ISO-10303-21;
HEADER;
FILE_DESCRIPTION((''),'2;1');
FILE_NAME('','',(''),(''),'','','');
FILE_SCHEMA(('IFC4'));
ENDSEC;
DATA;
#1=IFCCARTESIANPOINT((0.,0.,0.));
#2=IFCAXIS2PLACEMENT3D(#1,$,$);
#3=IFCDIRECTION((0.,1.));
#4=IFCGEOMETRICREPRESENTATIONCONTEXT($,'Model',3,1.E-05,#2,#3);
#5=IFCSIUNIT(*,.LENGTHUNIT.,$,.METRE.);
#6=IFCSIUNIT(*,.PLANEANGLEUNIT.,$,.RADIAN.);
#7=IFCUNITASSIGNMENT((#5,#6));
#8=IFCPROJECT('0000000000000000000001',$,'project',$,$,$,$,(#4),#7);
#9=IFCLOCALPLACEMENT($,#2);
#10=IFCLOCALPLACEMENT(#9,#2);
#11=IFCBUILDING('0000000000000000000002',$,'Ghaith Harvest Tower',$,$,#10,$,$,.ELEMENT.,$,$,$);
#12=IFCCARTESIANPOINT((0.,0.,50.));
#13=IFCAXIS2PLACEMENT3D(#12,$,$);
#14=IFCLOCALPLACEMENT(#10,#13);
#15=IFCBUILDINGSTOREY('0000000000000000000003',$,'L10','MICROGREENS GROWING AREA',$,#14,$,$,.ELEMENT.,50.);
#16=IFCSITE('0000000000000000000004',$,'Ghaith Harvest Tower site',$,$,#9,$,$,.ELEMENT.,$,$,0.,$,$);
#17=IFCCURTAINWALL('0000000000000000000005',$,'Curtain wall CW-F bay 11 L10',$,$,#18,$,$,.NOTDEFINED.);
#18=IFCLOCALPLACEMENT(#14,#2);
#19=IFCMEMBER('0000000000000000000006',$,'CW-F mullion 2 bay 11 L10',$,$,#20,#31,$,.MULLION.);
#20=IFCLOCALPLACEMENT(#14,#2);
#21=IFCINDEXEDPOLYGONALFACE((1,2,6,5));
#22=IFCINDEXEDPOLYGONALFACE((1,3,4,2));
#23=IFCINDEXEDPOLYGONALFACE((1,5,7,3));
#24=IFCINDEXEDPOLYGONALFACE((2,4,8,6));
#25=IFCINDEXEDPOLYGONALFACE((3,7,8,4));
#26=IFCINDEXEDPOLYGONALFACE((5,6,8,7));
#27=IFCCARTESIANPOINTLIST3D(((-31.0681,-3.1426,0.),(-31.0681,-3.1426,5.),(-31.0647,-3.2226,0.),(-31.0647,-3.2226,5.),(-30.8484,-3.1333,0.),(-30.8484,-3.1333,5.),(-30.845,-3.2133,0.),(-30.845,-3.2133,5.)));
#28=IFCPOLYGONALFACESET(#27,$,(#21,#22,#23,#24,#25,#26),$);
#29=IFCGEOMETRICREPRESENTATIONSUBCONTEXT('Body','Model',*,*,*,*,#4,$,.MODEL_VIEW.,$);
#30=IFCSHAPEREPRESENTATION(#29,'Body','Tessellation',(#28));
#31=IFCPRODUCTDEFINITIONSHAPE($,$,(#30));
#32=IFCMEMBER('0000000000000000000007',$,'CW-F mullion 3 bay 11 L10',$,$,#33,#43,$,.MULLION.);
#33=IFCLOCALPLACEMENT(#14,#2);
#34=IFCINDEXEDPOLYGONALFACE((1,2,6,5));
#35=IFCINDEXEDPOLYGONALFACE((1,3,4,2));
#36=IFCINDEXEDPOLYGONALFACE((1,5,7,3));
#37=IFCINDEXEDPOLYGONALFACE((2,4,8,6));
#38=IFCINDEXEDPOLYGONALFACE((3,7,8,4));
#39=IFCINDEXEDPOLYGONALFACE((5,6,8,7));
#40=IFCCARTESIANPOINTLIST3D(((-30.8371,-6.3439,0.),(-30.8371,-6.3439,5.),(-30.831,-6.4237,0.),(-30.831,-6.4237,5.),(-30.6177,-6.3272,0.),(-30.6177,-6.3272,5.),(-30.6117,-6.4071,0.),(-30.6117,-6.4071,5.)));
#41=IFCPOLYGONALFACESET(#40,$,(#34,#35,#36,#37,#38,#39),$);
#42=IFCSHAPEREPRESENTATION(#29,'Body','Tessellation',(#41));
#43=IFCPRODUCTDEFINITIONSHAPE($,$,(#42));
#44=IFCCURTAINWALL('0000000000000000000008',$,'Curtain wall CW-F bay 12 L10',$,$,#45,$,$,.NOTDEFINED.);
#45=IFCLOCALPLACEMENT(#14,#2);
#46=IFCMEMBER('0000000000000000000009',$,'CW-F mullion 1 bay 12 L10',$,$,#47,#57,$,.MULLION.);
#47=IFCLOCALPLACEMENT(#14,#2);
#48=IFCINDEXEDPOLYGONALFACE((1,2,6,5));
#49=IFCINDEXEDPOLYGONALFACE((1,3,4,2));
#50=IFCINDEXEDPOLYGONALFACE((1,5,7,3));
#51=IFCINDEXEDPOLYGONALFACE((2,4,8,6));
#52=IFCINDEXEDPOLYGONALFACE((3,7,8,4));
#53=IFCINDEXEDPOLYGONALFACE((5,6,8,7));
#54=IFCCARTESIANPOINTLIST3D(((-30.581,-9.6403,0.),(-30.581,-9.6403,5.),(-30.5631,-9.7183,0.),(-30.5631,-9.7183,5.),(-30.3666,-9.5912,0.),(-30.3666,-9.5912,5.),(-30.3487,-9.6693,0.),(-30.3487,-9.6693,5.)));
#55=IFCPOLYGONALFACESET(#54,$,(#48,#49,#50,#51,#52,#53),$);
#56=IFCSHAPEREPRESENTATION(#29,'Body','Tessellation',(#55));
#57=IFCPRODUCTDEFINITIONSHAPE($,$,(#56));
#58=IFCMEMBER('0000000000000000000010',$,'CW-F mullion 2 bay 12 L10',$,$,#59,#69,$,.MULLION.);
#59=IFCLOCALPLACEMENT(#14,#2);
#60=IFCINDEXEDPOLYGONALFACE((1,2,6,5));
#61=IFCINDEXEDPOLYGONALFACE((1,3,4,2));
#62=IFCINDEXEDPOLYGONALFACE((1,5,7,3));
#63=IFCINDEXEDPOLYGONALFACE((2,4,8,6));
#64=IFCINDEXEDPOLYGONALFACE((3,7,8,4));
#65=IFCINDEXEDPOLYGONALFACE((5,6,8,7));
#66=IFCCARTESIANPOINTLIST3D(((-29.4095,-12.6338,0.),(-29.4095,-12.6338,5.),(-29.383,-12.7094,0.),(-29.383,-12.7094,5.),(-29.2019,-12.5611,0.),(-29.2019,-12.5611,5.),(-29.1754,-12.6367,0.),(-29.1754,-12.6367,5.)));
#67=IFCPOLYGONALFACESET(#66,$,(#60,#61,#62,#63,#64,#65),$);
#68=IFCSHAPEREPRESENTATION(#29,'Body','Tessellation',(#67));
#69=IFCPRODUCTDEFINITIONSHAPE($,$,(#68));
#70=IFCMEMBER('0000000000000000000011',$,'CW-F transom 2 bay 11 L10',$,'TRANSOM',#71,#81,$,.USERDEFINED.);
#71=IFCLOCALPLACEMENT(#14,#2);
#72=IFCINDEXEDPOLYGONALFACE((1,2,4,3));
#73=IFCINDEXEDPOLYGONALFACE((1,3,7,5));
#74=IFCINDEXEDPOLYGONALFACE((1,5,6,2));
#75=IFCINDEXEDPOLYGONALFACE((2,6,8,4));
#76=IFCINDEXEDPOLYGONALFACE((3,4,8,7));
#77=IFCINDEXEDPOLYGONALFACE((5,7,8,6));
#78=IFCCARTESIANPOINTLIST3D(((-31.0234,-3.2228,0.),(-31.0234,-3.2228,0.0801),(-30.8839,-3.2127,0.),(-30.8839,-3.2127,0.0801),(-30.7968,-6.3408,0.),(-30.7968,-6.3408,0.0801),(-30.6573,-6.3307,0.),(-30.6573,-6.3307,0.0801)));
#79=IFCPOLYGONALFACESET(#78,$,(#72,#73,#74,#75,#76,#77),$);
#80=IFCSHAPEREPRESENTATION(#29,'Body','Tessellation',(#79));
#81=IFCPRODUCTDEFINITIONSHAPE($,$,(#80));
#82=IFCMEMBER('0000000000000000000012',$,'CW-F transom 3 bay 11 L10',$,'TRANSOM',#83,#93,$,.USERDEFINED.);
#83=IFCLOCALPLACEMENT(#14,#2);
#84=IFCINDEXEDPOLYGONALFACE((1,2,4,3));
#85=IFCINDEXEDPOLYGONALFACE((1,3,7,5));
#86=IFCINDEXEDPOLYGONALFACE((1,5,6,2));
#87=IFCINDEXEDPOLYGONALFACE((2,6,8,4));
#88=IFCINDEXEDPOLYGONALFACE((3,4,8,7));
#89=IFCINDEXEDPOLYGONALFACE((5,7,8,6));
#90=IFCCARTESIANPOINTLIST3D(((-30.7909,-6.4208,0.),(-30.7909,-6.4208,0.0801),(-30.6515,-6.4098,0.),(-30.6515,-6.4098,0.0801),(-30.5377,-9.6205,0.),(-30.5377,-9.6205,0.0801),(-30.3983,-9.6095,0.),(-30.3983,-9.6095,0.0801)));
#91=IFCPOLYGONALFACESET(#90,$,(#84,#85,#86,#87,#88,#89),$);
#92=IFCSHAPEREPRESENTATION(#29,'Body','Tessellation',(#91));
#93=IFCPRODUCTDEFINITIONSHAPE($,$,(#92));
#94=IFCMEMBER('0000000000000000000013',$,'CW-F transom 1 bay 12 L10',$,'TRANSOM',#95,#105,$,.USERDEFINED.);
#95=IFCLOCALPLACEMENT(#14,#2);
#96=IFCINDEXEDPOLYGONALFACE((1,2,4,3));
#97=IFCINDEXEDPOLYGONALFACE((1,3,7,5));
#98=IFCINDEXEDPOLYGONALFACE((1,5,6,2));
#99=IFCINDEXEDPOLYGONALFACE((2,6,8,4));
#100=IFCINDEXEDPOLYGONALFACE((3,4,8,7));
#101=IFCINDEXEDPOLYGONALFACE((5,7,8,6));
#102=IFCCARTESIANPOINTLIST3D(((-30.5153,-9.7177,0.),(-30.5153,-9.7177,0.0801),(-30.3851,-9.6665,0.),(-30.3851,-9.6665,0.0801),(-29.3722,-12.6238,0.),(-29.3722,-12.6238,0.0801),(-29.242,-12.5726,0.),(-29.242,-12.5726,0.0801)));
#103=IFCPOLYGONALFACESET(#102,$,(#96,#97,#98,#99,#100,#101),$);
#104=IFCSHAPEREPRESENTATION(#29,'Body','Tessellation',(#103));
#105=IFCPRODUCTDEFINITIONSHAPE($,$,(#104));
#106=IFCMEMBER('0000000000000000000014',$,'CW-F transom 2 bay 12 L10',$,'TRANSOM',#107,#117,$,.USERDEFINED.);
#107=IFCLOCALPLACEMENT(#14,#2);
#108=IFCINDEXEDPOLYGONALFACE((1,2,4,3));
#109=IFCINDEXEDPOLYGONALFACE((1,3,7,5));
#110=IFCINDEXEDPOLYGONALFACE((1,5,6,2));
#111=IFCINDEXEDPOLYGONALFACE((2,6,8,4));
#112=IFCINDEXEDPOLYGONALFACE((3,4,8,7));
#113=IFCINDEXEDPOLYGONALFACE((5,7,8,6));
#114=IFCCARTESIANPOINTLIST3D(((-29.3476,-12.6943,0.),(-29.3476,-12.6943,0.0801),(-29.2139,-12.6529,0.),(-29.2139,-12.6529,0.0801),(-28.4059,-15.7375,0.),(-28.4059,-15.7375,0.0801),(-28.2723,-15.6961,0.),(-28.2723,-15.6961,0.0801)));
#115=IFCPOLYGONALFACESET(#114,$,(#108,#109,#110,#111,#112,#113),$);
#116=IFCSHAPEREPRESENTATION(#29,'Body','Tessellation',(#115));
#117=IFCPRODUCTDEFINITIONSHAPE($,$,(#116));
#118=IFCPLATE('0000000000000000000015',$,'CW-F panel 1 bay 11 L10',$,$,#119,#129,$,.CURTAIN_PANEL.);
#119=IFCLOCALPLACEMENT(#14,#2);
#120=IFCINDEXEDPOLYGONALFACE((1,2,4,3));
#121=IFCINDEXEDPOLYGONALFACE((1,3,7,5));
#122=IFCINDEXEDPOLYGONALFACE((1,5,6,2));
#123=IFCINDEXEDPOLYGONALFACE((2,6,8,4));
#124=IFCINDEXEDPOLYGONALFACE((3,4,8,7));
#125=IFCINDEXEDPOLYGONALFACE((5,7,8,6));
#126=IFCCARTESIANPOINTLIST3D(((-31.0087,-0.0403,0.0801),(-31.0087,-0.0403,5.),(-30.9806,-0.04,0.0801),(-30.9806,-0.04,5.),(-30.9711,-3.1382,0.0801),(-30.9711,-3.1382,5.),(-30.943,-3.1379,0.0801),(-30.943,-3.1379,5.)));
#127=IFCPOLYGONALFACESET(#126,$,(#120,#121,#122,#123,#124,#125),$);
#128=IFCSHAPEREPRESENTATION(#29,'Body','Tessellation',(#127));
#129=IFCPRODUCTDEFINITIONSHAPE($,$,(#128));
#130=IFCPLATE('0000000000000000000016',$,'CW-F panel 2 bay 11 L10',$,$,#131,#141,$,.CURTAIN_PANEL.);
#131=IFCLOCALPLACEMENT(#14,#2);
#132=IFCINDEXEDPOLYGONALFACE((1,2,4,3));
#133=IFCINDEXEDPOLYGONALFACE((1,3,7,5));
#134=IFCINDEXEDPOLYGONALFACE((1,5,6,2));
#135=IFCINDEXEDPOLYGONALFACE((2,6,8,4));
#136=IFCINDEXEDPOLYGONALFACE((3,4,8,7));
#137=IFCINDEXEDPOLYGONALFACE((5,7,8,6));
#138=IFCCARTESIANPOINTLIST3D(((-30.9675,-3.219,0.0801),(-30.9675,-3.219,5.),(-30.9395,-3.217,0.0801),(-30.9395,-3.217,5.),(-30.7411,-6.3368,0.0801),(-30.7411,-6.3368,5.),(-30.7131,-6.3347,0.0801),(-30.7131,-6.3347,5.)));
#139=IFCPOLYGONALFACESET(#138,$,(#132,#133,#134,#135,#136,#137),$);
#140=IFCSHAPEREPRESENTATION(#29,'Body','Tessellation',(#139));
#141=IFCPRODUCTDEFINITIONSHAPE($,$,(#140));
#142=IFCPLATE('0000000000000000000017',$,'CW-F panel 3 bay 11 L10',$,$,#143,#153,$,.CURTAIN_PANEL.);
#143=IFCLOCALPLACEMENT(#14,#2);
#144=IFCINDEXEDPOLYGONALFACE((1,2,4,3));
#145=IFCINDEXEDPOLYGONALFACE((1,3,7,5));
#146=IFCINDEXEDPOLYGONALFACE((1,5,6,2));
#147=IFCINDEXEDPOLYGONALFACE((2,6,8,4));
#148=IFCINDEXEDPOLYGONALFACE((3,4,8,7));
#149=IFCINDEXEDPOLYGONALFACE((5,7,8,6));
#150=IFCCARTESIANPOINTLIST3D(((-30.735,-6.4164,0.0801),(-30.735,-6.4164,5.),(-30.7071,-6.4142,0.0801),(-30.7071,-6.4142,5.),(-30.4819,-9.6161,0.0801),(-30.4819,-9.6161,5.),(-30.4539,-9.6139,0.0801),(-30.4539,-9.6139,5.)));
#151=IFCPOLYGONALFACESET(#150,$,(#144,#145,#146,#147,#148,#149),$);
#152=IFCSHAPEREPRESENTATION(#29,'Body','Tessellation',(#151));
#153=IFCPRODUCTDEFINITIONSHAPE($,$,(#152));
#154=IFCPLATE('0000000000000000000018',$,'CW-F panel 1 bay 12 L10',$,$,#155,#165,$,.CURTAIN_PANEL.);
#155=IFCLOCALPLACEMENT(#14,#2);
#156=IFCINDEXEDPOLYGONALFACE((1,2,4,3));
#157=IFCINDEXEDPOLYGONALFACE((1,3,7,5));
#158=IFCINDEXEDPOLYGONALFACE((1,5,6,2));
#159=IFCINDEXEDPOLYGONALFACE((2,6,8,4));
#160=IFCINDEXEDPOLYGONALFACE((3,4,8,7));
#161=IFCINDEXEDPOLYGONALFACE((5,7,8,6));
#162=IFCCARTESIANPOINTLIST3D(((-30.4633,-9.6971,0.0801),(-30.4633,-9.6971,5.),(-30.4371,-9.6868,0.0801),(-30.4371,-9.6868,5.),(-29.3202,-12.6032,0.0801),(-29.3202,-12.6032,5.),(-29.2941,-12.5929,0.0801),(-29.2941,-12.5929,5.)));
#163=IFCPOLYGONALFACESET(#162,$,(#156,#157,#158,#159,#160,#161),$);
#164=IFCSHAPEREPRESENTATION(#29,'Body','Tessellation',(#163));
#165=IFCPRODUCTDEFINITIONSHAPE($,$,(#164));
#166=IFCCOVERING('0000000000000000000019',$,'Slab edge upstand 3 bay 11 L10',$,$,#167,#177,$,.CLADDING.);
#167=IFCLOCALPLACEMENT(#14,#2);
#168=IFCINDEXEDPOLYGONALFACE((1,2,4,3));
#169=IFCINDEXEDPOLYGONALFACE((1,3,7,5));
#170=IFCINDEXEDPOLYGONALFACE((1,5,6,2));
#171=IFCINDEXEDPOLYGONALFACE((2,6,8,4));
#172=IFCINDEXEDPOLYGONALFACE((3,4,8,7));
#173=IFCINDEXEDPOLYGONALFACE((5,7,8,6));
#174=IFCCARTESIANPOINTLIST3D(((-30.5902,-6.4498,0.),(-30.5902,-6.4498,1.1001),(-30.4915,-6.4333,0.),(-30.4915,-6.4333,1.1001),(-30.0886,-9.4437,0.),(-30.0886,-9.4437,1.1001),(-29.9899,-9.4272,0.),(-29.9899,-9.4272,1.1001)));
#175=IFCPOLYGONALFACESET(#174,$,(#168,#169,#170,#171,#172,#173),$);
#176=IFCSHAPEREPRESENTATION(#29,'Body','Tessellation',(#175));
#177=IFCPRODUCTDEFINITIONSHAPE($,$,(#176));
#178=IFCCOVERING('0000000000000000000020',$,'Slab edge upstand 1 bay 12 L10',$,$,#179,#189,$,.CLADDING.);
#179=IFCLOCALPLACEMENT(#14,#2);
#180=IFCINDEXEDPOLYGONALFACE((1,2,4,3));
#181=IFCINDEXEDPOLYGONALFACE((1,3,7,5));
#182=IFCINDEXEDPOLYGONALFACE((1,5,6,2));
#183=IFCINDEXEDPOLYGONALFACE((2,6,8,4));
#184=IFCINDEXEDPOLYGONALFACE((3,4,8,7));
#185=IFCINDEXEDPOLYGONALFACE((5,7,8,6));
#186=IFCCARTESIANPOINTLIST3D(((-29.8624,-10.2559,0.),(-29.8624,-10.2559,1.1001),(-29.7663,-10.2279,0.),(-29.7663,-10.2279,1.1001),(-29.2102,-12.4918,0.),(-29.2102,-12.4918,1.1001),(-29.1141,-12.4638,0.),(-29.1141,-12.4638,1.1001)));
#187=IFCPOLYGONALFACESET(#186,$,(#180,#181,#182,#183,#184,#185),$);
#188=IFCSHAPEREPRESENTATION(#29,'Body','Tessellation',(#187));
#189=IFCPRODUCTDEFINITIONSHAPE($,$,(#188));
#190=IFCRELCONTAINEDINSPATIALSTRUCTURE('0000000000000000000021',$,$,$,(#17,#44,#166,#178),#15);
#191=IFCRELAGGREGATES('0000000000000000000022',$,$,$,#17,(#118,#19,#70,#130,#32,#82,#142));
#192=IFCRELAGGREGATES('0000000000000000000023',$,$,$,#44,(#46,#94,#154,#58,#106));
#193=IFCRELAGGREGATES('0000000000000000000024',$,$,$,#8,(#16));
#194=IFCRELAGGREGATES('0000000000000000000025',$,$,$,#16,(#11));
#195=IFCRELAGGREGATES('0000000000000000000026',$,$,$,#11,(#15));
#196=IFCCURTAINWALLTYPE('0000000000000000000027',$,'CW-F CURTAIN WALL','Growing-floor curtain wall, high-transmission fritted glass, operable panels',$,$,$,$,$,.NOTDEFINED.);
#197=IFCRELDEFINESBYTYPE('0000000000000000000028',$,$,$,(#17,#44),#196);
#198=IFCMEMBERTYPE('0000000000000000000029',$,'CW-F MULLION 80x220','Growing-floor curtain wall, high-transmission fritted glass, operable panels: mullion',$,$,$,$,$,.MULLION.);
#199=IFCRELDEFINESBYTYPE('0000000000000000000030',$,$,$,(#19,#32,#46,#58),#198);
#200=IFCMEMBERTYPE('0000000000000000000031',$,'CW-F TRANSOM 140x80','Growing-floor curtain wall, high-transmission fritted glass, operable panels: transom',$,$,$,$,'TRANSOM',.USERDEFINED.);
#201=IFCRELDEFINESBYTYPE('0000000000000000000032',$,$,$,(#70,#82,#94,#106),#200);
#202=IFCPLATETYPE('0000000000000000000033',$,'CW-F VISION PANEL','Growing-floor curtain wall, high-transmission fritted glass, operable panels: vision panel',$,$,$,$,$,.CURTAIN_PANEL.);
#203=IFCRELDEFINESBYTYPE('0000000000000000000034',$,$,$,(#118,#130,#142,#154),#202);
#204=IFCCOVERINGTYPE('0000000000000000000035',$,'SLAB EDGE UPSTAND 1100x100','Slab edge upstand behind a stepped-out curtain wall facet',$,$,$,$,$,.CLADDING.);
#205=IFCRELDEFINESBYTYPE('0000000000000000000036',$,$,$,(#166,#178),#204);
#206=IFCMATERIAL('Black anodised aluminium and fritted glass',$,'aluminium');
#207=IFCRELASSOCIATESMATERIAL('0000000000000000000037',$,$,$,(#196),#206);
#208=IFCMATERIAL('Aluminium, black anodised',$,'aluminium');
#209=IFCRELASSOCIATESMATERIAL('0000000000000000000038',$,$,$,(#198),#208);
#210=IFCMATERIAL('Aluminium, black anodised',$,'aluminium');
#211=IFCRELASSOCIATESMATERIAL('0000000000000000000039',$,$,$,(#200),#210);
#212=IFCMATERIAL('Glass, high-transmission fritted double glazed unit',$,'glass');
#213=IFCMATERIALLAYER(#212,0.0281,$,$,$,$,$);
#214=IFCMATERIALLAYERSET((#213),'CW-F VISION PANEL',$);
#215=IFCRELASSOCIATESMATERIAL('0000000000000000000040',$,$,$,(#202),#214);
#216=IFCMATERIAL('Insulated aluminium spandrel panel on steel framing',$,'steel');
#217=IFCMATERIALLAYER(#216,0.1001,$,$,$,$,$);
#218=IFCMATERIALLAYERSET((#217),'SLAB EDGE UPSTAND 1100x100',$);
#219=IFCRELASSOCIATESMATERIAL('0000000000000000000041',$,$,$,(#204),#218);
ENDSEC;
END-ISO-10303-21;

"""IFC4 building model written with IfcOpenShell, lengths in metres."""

from ifc_helpers import new_model, si_unit, direction, frame, origin, origin_2d, place, context, subcontext, project, spatial, rectangle, extrude, material, layer, layer_set, material_profile, profile_set, type_object, element, aggregate, save


model = new_model("IFC4")

# Units and contexts
model_context = context("Model", 3, precision=1e-05, world=origin(), true_north=direction((0.0, 1.0)))
body_context = subcontext(model_context, "Body", "Model", "MODEL_VIEW")
ifc_project = project(units=[si_unit("LENGTHUNIT", "METRE"), si_unit("PLANEANGLEUNIT", "RADIAN")], contexts=[model_context])

# Site, building, storey
site_placement = place(None, origin())
site = spatial("IfcSite", under=ifc_project, at=site_placement, Name="Ghaith Harvest Tower site", CompositionType="ELEMENT", RefElevation=0.0)
building_placement = place(site_placement, origin())
building = spatial("IfcBuilding", under=site, at=building_placement, Name="Ghaith Harvest Tower", CompositionType="ELEMENT")
storey_placement = place(building_placement, frame((0.0, 0.0, 50.0)))
storey = spatial("IfcBuildingStorey", under=building, at=storey_placement, Name="L10", Description="MICROGREENS GROWING AREA", CompositionType="ELEMENT", Elevation=50.0)

# Curtain walls, members
ifc_material_1 = material(Name="Black anodised aluminium and fritted glass", Category="aluminium")
curtain_wall_type = type_object("IfcCurtainWallType", Name="CW-F CURTAIN WALL", Description="Growing-floor curtain wall, high-transmission fritted glass, operable panels", PredefinedType="NOTDEFINED", material=ifc_material_1)
curtain_wall_1_placement = place(storey_placement, origin())
curtain_wall_1 = element("IfcCurtainWall", 1, at=curtain_wall_1_placement, inside=storey, type_object=curtain_wall_type, Name="Curtain wall CW-F bay 11 L10", PredefinedType="NOTDEFINED")
ifc_material_2 = material(Name="Aluminium, black anodised", Category="aluminium")
ifc_material_profile_1 = material_profile(ifc_material_2, rectangle(XDim=0.0801, YDim=0.22, at=origin_2d()), Name="CW-F MULLION 80x220")
ifc_profile_set_1 = profile_set([ifc_material_profile_1], Name="Aluminium, black anodised")
member_type_1 = type_object("IfcMemberType", Name="CW-F MULLION 80x220", Description="Growing-floor curtain wall, high-transmission fritted glass, operable panels: mullion", PredefinedType="MULLION", material=ifc_profile_set_1)
member_1_placement = place(storey_placement, frame((-30.9565, -3.178, 0.0), z_axis=(0.0, 0.0, 1.0), x_axis=(0.042427, -0.9991, 0.0)))
member_1 = element("IfcMember", 2, at=member_1_placement, type_object=member_type_1, Name="CW-F mullion 2 bay 11 L10", PredefinedType="MULLION", context=body_context, shape_type="SweptSolid", body=[
    extrude(rectangle(XDim=0.0801, YDim=0.22, at=origin_2d()), origin(), (0.0, 0.0, 1.0), 5.0),
])
member_2_placement = place(storey_placement, frame((-30.7244, -6.3755, 0.0), z_axis=(0.0, 0.0, 1.0), x_axis=(0.075686, -0.997132, 0.0)))
member_2 = element("IfcMember", 3, at=member_2_placement, type_object=member_type_1, Name="CW-F mullion 3 bay 11 L10", PredefinedType="MULLION", context=body_context, shape_type="SweptSolid", body=[
    extrude(rectangle(XDim=0.0801, YDim=0.22, at=origin_2d()), origin(), (0.0, 0.0, 1.0), 5.0),
])
curtain_wall_2_placement = place(storey_placement, origin())
curtain_wall_2 = element("IfcCurtainWall", 4, at=curtain_wall_2_placement, inside=storey, type_object=curtain_wall_type, Name="Curtain wall CW-F bay 12 L10", PredefinedType="NOTDEFINED")
member_3_placement = place(storey_placement, frame((-30.4648, -9.6548, 0.0), z_axis=(0.0, 0.0, 1.0), x_axis=(0.222967, -0.974826, 0.0)))
member_3 = element("IfcMember", 5, at=member_3_placement, type_object=member_type_1, Name="CW-F mullion 1 bay 12 L10", PredefinedType="MULLION", context=body_context, shape_type="SweptSolid", body=[
    extrude(rectangle(XDim=0.0801, YDim=0.22, at=origin_2d()), origin(), (0.0, 0.0, 1.0), 5.0),
])
member_4_placement = place(storey_placement, frame((-29.2925, -12.6353, 0.0), z_axis=(0.0, 0.0, 1.0), x_axis=(0.330701, -0.943736, 0.0)))
member_4 = element("IfcMember", 6, at=member_4_placement, type_object=member_type_1, Name="CW-F mullion 2 bay 12 L10", PredefinedType="MULLION", context=body_context, shape_type="SweptSolid", body=[
    extrude(rectangle(XDim=0.0801, YDim=0.22, at=origin_2d()), origin(), (0.0, 0.0, 1.0), 5.0),
])

# Members
ifc_material_3 = material(Name="Aluminium, black anodised", Category="aluminium")
ifc_material_profile_2 = material_profile(ifc_material_3, rectangle(XDim=0.1399, YDim=0.0801, at=origin_2d()), Name="CW-F TRANSOM 140x80")
ifc_profile_set_2 = profile_set([ifc_material_profile_2], Name="Aluminium, black anodised")
member_type_2 = type_object("IfcMemberType", Name="CW-F TRANSOM 140x80", Description="Growing-floor curtain wall, high-transmission fritted glass, operable panels: transom", ElementType="TRANSOM", PredefinedType="USERDEFINED", material=ifc_profile_set_2)
member_5_placement = place(storey_placement, frame((-30.9536, -3.2178, 0.04), z_axis=(0.072474, -0.99737, 0.0), x_axis=(0.99737, 0.072474, 0.0)))
member_5 = element("IfcMember", 7, at=member_5_placement, type_object=member_type_2, Name="CW-F transom 2 bay 11 L10", ObjectType="TRANSOM", PredefinedType="USERDEFINED", context=body_context, shape_type="SweptSolid", body=[
    extrude(rectangle(XDim=0.1399, YDim=0.0801, at=origin_2d()), origin(), (0.0, 0.0, 1.0), 3.1262),
])
member_6_placement = place(storey_placement, frame((-30.7212, -6.4153, 0.04), z_axis=(0.078878, -0.996884, 0.0), x_axis=(0.996884, 0.078878, 0.0)))
member_6 = element("IfcMember", 8, at=member_6_placement, type_object=member_type_2, Name="CW-F transom 3 bay 11 L10", ObjectType="TRANSOM", PredefinedType="USERDEFINED", context=body_context, shape_type="SweptSolid", body=[
    extrude(rectangle(XDim=0.1399, YDim=0.0801, at=origin_2d()), origin(), (0.0, 0.0, 1.0), 3.2097),
])
member_7_placement = place(storey_placement, frame((-30.4502, -9.6921, 0.04), z_axis=(0.366047, -0.930597, 0.0), x_axis=(0.930597, 0.366047, 0.0)))
member_7 = element("IfcMember", 9, at=member_7_placement, type_object=member_type_2, Name="CW-F transom 1 bay 12 L10", ObjectType="TRANSOM", PredefinedType="USERDEFINED", context=body_context, shape_type="SweptSolid", body=[
    extrude(rectangle(XDim=0.1399, YDim=0.0801, at=origin_2d()), origin(), (0.0, 0.0, 1.0), 3.1228),
])
member_8_placement = place(storey_placement, frame((-29.2808, -12.6736, 0.04), z_axis=(0.295599, -0.955312, 0.0), x_axis=(0.955312, 0.295599, 0.0)))
member_8 = element("IfcMember", 10, at=member_8_placement, type_object=member_type_2, Name="CW-F transom 2 bay 12 L10", ObjectType="TRANSOM", PredefinedType="USERDEFINED", context=body_context, shape_type="SweptSolid", body=[
    extrude(rectangle(XDim=0.1399, YDim=0.0801, at=origin_2d()), origin(), (0.0, 0.0, 1.0), 3.1855),
])

# Plates
ifc_material_4 = material(Name="Glass, high-transmission fritted double glazed unit", Category="glass")
ifc_layer_1 = layer(ifc_material_4, 0.0281)
ifc_layer_set_1 = layer_set([ifc_layer_1], Name="CW-F VISION PANEL")
plate_type = type_object("IfcPlateType", Name="CW-F VISION PANEL", Description="Growing-floor curtain wall, high-transmission fritted glass, operable panels: vision panel", PredefinedType="CURTAIN_PANEL", material=ifc_layer_set_1)
plate_1_placement = place(storey_placement, frame((-30.9758, -1.5891, 0.0801), z_axis=(0.0, 0.0, 1.0), x_axis=(0.012133, -0.999926, 0.0)))
plate_1 = element("IfcPlate", 11, at=plate_1_placement, type_object=plate_type, Name="CW-F panel 1 bay 11 L10", PredefinedType="CURTAIN_PANEL", context=body_context, shape_type="SweptSolid", body=[
    extrude(rectangle(XDim=3.0981, YDim=0.0281, at=origin_2d()), origin(), (0.0, 0.0, 1.0), 4.9199),
])
plate_2_placement = place(storey_placement, frame((-30.8403, -4.7769, 0.0801), z_axis=(0.0, 0.0, 1.0), x_axis=(0.072421, -0.997374, 0.0)))
plate_2 = element("IfcPlate", 12, at=plate_2_placement, type_object=plate_type, Name="CW-F panel 2 bay 11 L10", PredefinedType="CURTAIN_PANEL", context=body_context, shape_type="SweptSolid", body=[
    extrude(rectangle(XDim=3.126, YDim=0.0281, at=origin_2d()), origin(), (0.0, 0.0, 1.0), 4.9199),
])
plate_3_placement = place(storey_placement, frame((-30.5945, -8.0151, 0.0801), z_axis=(0.0, 0.0, 1.0), x_axis=(0.078867, -0.996885, 0.0)))
plate_3 = element("IfcPlate", 13, at=plate_3_placement, type_object=plate_type, Name="CW-F panel 3 bay 11 L10", PredefinedType="CURTAIN_PANEL", context=body_context, shape_type="SweptSolid", body=[
    extrude(rectangle(XDim=3.2097, YDim=0.0281, at=origin_2d()), origin(), (0.0, 0.0, 1.0), 4.9199),
])
aggregate(curtain_wall_1, [plate_1, member_1, member_5, plate_2, member_2, member_6, plate_3])
plate_4_placement = place(storey_placement, frame((-29.8787, -11.145, 0.0801), z_axis=(0.0, 0.0, 1.0), x_axis=(0.36604, -0.930599, 0.0)))
plate_4 = element("IfcPlate", 14, at=plate_4_placement, type_object=plate_type, Name="CW-F panel 1 bay 12 L10", PredefinedType="CURTAIN_PANEL", context=body_context, shape_type="SweptSolid", body=[
    extrude(rectangle(XDim=3.1228, YDim=0.0281, at=origin_2d()), origin(), (0.0, 0.0, 1.0), 4.9199),
])
aggregate(curtain_wall_2, [member_3, member_7, plate_4, member_4, member_8])

# Coverings
ifc_material_5 = material(Name="Insulated aluminium spandrel panel on steel framing", Category="steel")
ifc_layer_2 = layer(ifc_material_5, 0.1001)
ifc_layer_set_2 = layer_set([ifc_layer_2], Name="SLAB EDGE UPSTAND 1100x100")
covering_type = type_object("IfcCoveringType", Name="SLAB EDGE UPSTAND 1100x100", Description="Slab edge upstand behind a stepped-out curtain wall facet", PredefinedType="CLADDING", material=ifc_layer_set_2)
covering_1_placement = place(storey_placement, frame((-30.29, -7.9385, 0.0), z_axis=(0.0, 0.0, 1.0), x_axis=(0.165246, -0.986252, 0.0)))
element("IfcCovering", 15, at=covering_1_placement, inside=storey, type_object=covering_type, Name="Slab edge upstand 3 bay 11 L10", PredefinedType="CLADDING", context=body_context, shape_type="SweptSolid", body=[
    extrude(rectangle(XDim=3.0356, YDim=0.1001, at=origin_2d()), origin(), (0.0, 0.0, 1.0), 1.1001),
])
covering_2_placement = place(storey_placement, frame((-29.4883, -11.3599, 0.0), z_axis=(0.0, 0.0, 1.0), x_axis=(0.280032, -0.959991, 0.0)))
element("IfcCovering", 16, at=covering_2_placement, inside=storey, type_object=covering_type, Name="Slab edge upstand 1 bay 12 L10", PredefinedType="CLADDING", context=body_context, shape_type="SweptSolid", body=[
    extrude(rectangle(XDim=2.3291, YDim=0.1001, at=origin_2d()), origin(), (0.0, 0.0, 1.0), 1.1001),
])

save(model, "model.ifc")
